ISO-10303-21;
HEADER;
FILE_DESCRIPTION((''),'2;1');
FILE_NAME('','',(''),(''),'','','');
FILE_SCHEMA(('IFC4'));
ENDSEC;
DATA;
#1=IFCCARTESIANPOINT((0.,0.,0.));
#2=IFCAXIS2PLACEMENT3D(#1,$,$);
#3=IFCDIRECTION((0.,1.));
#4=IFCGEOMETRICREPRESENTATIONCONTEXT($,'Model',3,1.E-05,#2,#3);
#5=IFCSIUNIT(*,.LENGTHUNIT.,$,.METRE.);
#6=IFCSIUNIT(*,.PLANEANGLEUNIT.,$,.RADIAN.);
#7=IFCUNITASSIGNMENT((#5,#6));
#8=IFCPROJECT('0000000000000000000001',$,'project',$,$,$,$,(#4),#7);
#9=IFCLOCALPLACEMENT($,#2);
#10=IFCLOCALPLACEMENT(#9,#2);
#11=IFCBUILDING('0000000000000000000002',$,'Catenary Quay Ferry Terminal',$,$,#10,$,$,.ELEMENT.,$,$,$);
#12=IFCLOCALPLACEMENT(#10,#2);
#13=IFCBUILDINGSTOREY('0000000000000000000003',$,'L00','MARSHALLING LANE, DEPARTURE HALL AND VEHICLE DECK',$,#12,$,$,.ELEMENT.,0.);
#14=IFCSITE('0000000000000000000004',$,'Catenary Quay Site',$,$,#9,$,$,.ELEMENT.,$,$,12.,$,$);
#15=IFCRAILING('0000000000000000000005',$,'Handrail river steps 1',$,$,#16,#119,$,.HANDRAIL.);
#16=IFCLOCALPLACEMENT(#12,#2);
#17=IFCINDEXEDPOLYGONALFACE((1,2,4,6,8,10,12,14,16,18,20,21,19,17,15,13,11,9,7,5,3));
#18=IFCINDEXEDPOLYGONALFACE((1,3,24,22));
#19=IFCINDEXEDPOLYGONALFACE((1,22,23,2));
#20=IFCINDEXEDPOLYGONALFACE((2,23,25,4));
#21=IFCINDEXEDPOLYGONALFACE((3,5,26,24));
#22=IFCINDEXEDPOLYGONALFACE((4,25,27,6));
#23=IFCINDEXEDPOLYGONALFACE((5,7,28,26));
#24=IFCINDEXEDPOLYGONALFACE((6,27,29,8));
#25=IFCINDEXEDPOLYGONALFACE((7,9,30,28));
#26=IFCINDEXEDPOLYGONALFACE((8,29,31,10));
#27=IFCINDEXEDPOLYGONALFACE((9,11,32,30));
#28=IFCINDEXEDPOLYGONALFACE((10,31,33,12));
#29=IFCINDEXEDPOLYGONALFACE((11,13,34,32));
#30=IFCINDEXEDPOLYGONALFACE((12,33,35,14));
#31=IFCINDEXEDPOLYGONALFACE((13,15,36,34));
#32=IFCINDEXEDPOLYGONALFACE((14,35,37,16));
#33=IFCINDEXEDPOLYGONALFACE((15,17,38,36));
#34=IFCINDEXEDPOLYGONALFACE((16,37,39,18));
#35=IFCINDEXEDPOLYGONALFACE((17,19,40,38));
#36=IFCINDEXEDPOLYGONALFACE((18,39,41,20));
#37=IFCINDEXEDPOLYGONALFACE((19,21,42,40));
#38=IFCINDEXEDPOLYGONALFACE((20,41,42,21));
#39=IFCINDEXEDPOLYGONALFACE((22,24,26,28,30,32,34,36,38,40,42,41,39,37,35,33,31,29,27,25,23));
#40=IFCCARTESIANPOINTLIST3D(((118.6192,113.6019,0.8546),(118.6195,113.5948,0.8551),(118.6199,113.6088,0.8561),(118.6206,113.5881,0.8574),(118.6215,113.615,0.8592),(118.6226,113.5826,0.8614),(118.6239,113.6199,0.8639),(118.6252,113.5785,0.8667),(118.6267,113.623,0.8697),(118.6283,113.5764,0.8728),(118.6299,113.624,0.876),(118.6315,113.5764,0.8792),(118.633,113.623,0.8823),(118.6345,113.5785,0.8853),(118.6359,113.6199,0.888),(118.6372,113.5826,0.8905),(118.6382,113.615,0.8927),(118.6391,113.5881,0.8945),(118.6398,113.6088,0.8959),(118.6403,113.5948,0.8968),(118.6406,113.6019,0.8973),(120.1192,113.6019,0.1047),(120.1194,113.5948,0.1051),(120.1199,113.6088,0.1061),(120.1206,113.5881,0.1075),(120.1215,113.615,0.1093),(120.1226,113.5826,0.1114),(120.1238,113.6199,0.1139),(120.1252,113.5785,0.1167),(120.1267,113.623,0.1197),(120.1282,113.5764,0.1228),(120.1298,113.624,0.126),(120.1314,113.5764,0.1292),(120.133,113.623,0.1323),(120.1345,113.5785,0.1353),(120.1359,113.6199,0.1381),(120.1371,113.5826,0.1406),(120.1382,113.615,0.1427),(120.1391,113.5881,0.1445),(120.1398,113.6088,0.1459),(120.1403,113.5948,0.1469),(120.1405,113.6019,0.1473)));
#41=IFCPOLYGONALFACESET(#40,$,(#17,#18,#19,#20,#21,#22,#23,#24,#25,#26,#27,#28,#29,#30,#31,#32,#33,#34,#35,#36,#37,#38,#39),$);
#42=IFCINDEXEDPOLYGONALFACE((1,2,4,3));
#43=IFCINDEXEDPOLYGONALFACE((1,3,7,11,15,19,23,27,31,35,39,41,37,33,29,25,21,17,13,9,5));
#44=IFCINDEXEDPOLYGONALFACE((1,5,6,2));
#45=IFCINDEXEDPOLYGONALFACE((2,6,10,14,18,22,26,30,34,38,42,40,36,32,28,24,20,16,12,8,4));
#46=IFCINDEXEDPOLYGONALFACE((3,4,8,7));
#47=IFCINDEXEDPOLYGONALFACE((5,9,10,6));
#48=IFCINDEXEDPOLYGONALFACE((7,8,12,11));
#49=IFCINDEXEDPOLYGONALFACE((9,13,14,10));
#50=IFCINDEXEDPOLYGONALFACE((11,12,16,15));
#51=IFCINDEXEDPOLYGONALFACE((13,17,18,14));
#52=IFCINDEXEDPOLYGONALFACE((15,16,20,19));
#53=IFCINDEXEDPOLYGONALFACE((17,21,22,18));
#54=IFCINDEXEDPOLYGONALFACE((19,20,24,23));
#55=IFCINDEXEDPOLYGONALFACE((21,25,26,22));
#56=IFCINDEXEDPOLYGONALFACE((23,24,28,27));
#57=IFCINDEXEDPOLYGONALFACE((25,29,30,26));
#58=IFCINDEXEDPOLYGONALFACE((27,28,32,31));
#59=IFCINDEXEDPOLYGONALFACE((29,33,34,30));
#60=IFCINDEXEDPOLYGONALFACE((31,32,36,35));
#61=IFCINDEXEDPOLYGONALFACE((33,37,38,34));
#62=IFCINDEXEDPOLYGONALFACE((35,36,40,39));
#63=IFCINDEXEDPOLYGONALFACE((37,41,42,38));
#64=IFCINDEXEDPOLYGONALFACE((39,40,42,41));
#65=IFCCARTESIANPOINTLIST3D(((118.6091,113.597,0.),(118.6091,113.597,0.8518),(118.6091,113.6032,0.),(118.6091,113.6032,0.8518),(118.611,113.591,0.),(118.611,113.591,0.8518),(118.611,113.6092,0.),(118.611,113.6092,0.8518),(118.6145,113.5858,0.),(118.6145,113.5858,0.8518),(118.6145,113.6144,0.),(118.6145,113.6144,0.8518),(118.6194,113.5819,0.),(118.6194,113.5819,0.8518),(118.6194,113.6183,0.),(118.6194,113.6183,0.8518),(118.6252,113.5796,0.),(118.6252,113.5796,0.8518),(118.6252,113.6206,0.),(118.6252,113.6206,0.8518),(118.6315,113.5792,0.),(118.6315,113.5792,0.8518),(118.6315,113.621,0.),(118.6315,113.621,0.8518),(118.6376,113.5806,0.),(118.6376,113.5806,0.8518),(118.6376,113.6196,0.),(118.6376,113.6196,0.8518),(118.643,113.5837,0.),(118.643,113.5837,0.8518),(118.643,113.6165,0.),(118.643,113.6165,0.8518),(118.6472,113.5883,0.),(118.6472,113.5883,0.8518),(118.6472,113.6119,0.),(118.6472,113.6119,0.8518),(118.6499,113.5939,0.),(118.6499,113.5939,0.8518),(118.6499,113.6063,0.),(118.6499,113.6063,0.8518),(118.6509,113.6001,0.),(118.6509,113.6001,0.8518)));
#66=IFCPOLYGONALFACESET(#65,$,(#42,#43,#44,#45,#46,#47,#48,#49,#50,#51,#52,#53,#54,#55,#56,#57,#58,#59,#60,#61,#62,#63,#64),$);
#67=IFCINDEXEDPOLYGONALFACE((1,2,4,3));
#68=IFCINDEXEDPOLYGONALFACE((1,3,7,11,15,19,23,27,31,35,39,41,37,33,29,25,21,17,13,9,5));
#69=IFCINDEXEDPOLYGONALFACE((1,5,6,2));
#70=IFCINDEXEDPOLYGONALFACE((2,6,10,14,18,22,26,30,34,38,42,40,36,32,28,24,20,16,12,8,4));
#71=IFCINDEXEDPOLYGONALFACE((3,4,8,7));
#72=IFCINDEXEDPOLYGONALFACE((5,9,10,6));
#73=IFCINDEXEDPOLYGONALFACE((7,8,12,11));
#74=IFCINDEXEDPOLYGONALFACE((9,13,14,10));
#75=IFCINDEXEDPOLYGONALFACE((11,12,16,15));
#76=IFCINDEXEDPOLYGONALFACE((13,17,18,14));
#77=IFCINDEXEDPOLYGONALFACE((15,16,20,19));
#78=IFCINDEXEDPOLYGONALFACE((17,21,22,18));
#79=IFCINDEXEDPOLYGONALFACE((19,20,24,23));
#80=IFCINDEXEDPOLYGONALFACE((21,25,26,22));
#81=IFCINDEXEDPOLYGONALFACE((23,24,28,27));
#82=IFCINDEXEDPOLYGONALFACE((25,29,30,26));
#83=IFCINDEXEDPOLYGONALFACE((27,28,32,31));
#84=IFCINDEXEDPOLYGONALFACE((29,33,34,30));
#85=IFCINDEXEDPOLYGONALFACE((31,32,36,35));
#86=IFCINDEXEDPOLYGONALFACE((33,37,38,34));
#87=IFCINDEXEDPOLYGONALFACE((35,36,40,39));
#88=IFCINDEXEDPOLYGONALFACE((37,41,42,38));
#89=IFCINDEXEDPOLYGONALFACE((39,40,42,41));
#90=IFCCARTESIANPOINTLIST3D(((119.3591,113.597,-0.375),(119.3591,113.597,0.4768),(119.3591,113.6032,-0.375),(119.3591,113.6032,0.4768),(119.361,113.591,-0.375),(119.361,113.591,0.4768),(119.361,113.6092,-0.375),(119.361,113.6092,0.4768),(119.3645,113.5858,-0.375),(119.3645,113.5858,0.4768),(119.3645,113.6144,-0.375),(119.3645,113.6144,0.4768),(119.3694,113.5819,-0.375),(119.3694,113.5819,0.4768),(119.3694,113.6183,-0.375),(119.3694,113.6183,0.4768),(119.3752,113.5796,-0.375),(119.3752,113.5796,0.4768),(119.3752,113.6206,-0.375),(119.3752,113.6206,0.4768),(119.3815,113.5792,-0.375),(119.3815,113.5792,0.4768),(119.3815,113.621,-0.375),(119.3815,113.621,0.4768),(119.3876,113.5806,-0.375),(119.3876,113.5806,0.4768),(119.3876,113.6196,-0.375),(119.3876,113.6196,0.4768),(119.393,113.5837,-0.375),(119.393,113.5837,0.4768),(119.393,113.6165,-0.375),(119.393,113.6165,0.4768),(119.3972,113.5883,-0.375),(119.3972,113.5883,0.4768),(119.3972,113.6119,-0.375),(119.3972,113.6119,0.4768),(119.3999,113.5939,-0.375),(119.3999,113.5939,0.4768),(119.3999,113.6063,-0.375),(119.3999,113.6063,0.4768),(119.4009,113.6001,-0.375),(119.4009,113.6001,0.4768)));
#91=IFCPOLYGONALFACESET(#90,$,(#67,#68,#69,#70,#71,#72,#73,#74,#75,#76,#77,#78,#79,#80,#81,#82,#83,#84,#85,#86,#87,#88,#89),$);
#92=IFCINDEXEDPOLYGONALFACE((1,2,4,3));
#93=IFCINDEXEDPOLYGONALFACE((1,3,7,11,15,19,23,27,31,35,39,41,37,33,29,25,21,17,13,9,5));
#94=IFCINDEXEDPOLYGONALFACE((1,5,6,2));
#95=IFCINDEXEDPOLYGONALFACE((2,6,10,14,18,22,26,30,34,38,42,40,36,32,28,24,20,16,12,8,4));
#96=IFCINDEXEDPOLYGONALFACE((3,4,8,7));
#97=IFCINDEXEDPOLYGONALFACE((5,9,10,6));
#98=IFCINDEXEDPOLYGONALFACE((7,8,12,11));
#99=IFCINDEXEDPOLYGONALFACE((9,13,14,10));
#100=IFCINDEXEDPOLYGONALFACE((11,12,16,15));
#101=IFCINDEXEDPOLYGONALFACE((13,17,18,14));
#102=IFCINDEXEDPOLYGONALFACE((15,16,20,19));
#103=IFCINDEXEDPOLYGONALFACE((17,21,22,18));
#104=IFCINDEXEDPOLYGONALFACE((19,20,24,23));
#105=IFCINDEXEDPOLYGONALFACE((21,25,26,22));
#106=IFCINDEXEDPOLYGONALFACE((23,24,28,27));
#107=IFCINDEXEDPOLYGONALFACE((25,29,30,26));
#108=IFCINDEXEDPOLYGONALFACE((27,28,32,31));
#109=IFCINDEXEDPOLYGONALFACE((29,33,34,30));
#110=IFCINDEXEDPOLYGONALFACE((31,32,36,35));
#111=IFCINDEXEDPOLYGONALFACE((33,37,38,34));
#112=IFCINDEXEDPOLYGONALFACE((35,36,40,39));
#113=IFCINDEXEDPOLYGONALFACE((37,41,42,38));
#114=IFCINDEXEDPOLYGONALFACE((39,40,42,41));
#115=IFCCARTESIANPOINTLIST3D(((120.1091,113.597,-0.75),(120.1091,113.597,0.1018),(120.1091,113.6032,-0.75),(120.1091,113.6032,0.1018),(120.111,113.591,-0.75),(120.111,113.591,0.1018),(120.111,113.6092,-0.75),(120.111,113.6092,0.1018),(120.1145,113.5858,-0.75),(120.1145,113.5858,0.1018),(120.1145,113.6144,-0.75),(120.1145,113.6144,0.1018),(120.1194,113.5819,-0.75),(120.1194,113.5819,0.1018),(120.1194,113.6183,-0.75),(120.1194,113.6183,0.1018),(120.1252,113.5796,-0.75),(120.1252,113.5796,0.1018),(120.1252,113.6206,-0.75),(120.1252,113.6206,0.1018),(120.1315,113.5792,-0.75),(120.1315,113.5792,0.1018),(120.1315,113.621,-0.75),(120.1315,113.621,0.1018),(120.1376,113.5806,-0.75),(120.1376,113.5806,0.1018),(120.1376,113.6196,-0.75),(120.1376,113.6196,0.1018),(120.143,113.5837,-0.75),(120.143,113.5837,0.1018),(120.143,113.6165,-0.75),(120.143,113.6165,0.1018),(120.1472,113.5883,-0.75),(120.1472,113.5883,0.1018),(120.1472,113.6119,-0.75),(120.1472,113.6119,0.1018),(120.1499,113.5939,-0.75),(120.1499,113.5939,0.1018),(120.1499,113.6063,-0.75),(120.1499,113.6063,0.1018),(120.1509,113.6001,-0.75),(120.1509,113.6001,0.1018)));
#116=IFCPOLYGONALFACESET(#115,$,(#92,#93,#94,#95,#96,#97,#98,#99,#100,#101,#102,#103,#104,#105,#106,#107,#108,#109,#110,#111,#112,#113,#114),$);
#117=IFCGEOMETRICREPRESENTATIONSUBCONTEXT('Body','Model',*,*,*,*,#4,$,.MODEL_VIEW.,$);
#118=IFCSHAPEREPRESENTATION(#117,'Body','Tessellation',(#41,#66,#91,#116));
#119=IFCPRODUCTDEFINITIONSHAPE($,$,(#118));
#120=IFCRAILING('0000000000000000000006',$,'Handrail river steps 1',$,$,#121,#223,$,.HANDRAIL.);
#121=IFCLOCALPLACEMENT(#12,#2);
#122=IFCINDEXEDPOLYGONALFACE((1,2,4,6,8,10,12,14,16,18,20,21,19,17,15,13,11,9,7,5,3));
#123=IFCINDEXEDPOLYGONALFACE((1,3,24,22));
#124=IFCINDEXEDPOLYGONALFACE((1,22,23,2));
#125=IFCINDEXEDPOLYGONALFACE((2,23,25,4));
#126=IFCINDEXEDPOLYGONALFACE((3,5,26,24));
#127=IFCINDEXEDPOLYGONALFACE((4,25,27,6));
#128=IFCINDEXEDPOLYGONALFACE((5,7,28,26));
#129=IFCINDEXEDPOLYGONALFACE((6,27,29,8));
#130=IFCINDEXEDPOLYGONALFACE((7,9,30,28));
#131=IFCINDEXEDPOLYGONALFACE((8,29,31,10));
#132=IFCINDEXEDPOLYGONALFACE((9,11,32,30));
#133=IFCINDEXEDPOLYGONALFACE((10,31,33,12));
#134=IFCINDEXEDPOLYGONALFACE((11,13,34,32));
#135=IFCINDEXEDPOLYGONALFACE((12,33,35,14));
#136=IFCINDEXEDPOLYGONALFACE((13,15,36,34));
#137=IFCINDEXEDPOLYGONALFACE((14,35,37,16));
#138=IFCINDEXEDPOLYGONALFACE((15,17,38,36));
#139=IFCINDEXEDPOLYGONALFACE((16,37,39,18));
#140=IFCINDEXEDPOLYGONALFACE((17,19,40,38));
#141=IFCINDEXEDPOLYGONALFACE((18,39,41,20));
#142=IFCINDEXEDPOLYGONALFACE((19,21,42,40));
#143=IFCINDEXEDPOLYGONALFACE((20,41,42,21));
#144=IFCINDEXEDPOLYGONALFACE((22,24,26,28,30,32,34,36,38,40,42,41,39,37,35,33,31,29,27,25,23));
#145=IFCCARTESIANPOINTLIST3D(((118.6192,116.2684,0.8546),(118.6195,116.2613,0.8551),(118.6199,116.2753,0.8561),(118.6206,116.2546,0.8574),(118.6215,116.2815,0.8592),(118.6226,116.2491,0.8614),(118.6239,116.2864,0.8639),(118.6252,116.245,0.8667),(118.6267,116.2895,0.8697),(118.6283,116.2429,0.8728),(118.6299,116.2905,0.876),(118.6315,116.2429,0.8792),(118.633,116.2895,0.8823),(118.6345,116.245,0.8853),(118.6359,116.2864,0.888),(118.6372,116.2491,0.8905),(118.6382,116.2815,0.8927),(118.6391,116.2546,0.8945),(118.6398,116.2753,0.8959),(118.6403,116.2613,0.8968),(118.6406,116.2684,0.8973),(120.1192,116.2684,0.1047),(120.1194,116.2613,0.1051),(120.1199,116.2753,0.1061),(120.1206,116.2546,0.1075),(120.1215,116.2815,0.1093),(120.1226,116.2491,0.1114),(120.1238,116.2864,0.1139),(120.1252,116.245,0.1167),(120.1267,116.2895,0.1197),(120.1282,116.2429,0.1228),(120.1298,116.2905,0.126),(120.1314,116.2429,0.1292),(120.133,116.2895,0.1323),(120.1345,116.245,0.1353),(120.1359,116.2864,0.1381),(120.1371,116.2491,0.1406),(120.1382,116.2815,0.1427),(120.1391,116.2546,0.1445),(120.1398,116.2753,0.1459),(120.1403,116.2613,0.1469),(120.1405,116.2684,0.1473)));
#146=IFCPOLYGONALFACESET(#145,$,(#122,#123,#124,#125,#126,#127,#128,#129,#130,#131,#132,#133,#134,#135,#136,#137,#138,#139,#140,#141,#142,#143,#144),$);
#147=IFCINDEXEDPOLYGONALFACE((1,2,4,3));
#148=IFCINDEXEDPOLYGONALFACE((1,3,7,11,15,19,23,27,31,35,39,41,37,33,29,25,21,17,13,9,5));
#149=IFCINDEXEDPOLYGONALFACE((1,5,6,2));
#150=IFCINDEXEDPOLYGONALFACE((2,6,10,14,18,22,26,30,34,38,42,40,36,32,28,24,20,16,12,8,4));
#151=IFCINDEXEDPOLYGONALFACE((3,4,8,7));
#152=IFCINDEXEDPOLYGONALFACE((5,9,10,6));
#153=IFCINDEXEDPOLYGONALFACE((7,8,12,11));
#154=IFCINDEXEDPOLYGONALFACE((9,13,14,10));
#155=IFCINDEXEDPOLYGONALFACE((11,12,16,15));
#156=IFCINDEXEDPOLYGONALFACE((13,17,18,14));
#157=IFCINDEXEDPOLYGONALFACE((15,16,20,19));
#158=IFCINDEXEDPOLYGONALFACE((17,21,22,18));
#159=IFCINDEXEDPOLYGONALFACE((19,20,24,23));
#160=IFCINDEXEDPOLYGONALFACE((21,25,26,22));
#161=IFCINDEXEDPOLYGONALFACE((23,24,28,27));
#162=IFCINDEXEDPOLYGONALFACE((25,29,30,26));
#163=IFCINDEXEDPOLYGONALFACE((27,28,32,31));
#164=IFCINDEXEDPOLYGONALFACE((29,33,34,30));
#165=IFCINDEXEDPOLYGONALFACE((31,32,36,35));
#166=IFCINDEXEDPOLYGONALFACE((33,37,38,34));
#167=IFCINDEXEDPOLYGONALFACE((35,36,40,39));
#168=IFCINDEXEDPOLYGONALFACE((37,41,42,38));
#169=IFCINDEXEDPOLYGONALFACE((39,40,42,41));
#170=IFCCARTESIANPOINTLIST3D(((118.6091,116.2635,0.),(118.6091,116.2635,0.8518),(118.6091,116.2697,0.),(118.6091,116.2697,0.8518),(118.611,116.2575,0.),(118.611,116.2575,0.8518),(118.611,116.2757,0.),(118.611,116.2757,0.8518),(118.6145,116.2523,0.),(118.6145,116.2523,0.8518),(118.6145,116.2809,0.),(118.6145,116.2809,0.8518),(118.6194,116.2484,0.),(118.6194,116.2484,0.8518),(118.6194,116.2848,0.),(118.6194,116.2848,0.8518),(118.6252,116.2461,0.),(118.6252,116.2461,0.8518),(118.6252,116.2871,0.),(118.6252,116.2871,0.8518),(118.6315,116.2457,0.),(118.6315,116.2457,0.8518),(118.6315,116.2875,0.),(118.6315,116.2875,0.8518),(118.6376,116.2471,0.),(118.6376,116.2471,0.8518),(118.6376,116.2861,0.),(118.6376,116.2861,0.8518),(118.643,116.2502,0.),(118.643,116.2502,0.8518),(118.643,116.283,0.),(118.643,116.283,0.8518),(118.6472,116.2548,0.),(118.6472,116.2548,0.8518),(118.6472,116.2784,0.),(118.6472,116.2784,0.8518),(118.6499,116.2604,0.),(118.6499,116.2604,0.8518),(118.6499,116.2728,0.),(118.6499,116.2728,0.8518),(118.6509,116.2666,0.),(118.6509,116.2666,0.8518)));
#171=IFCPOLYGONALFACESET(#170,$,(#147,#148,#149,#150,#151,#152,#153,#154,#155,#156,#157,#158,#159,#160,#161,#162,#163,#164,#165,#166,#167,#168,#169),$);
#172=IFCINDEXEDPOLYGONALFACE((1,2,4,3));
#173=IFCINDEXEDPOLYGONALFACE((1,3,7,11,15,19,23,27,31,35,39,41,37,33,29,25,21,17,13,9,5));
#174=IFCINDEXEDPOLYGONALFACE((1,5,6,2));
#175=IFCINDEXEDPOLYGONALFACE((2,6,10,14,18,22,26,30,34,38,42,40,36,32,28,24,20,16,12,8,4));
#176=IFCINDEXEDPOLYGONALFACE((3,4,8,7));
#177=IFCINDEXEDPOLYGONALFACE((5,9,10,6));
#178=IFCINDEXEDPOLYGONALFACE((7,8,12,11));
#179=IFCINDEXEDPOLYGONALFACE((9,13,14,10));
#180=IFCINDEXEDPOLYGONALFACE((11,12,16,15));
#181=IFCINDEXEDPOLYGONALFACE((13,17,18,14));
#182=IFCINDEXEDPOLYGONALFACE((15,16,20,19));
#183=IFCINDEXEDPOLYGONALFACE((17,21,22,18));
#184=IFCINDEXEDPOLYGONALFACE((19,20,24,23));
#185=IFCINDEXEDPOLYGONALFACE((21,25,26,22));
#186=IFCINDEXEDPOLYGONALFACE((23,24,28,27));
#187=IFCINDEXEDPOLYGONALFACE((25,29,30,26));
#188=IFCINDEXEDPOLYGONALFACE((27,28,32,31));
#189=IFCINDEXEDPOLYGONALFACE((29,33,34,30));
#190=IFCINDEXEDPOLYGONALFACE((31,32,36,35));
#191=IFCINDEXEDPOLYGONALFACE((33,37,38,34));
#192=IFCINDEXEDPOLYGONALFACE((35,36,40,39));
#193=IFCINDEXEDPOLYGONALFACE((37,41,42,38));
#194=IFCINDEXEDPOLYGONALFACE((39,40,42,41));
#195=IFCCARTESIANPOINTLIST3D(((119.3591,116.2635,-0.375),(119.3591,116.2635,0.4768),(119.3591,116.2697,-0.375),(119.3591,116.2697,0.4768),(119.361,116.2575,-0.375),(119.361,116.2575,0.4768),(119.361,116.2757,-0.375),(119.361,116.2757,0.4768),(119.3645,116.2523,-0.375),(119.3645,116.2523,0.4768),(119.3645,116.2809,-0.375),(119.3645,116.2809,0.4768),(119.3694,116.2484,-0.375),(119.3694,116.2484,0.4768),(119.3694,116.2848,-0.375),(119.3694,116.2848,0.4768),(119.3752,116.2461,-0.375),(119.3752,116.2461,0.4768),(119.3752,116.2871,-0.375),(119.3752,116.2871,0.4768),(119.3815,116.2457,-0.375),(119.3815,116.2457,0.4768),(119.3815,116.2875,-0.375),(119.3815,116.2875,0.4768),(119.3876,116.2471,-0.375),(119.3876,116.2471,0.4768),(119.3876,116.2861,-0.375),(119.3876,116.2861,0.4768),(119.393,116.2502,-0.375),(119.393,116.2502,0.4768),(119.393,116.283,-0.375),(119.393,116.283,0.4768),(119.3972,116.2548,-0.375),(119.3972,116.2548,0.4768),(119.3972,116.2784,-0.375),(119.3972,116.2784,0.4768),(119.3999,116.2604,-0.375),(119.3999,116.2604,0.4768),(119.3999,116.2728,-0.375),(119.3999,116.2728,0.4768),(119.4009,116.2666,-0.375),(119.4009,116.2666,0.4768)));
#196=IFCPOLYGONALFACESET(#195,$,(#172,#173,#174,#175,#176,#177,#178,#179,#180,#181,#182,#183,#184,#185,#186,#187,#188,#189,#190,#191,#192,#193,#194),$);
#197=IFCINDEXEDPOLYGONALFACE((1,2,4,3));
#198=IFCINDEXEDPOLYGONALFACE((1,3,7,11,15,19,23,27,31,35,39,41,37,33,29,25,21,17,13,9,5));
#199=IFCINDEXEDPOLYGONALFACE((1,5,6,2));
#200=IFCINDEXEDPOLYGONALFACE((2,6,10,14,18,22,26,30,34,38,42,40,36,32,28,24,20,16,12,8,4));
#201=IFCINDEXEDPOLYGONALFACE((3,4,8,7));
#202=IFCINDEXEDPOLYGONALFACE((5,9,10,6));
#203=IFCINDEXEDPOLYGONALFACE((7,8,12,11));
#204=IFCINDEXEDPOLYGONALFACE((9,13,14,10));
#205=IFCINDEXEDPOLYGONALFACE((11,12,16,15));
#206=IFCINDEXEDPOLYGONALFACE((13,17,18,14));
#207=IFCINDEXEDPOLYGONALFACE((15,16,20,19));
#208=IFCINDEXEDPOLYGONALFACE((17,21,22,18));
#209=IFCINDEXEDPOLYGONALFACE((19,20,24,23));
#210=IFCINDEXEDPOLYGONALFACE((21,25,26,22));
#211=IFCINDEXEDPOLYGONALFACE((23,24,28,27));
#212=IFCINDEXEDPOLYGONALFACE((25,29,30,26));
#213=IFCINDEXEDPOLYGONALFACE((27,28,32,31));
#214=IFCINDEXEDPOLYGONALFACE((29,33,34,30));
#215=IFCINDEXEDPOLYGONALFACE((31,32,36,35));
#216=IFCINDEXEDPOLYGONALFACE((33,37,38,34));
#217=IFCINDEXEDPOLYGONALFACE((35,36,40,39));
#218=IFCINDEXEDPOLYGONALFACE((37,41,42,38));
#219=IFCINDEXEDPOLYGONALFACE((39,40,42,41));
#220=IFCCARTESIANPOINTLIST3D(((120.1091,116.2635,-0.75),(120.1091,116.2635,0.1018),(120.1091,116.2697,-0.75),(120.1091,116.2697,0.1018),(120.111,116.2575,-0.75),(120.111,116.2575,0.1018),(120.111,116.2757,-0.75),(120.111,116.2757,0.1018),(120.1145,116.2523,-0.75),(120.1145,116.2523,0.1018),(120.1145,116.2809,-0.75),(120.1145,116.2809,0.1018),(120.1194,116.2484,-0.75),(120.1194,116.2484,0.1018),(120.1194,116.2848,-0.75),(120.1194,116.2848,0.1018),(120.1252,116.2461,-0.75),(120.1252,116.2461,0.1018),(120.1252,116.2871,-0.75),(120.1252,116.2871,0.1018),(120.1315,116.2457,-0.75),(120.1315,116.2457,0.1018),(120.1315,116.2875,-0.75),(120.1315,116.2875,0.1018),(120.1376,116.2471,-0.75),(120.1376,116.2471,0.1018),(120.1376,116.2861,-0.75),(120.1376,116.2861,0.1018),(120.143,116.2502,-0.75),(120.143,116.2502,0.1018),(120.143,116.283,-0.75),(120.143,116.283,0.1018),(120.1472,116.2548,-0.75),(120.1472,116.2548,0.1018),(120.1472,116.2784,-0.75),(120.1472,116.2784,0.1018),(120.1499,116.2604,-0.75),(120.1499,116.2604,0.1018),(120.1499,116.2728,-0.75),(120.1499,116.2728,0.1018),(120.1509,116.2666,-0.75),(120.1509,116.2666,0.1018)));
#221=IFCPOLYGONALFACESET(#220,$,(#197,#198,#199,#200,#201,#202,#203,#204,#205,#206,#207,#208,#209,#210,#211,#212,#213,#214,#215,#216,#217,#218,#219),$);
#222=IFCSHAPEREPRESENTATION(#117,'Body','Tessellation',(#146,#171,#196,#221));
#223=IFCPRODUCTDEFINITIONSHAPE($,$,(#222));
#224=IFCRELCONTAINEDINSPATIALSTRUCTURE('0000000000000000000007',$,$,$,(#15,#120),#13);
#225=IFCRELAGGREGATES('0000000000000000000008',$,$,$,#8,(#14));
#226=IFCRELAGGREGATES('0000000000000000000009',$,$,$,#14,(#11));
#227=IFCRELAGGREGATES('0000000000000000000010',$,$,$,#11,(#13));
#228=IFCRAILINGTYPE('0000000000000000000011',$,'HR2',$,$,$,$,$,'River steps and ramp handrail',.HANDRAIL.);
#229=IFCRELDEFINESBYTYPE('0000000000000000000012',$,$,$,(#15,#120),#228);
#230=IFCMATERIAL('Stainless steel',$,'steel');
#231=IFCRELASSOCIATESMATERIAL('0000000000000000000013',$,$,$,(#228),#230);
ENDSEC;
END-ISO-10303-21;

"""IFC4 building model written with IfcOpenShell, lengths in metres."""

from ifc_helpers import new_model, si_unit, direction, frame, origin, origin_2d, place, context, subcontext, project, spatial, circle, extrude, material, type_object, element, save


model = new_model("IFC4")

# Units and contexts
model_context = context("Model", 3, precision=1e-05, world=origin(), true_north=direction((0.0, 1.0)))
body_context = subcontext(model_context, "Body", "Model", "MODEL_VIEW")
ifc_project = project(units=[si_unit("LENGTHUNIT", "METRE"), si_unit("PLANEANGLEUNIT", "RADIAN")], contexts=[model_context])

# Site, building, storey
site_placement = place(None, origin())
site = spatial("IfcSite", under=ifc_project, at=site_placement, Name="Catenary Quay Site", CompositionType="ELEMENT", RefElevation=12.0)
building_placement = place(site_placement, origin())
building = spatial("IfcBuilding", under=site, at=building_placement, Name="Catenary Quay Ferry Terminal", CompositionType="ELEMENT")
storey_placement = place(building_placement, origin())
storey = spatial("IfcBuildingStorey", under=building, at=storey_placement, Name="L00", Description="MARSHALLING LANE, DEPARTURE HALL AND VEHICLE DECK", CompositionType="ELEMENT", Elevation=0.0)

# Railings
ifc_material_1 = material(Name="Stainless steel", Category="steel")
railing_type_1 = type_object("IfcRailingType", Name="HR2", ElementType="River steps and ramp handrail", PredefinedType="HANDRAIL", material=ifc_material_1)
for number, where, name in (
    (1, (118.6299, 113.6001, 0.0), "Handrail river steps 1"),
    (2, (118.6299, 116.2666, 0.0), "Handrail river steps 1"),
):
    element("IfcRailing", number, at=place(storey_placement, frame(where)), inside=storey, type_object=railing_type_1, Name=name, PredefinedType="HANDRAIL", context=body_context, shape_type="SweptSolid", body=[
        extrude(circle(Radius=0.0239, at=origin_2d()), frame((0.0, 0.0, 0.876), z_axis=(0.894427, 0.0, -0.447214), x_axis=(0.0, 1.0, 0.0)), (0.0, 0.0, 1.0), 1.677),
        extrude(circle(Radius=0.021, at=origin_2d()), origin(), (0.0, 0.0, 1.0), 0.8518),
        extrude(circle(Radius=0.021, at=origin_2d()), frame((0.75, 0.0, -0.375)), (0.0, 0.0, 1.0), 0.8518),
        extrude(circle(Radius=0.021, at=origin_2d()), frame((1.5, 0.0, -0.75)), (0.0, 0.0, 1.0), 0.8518),
    ])

save(model, "model.ifc")
